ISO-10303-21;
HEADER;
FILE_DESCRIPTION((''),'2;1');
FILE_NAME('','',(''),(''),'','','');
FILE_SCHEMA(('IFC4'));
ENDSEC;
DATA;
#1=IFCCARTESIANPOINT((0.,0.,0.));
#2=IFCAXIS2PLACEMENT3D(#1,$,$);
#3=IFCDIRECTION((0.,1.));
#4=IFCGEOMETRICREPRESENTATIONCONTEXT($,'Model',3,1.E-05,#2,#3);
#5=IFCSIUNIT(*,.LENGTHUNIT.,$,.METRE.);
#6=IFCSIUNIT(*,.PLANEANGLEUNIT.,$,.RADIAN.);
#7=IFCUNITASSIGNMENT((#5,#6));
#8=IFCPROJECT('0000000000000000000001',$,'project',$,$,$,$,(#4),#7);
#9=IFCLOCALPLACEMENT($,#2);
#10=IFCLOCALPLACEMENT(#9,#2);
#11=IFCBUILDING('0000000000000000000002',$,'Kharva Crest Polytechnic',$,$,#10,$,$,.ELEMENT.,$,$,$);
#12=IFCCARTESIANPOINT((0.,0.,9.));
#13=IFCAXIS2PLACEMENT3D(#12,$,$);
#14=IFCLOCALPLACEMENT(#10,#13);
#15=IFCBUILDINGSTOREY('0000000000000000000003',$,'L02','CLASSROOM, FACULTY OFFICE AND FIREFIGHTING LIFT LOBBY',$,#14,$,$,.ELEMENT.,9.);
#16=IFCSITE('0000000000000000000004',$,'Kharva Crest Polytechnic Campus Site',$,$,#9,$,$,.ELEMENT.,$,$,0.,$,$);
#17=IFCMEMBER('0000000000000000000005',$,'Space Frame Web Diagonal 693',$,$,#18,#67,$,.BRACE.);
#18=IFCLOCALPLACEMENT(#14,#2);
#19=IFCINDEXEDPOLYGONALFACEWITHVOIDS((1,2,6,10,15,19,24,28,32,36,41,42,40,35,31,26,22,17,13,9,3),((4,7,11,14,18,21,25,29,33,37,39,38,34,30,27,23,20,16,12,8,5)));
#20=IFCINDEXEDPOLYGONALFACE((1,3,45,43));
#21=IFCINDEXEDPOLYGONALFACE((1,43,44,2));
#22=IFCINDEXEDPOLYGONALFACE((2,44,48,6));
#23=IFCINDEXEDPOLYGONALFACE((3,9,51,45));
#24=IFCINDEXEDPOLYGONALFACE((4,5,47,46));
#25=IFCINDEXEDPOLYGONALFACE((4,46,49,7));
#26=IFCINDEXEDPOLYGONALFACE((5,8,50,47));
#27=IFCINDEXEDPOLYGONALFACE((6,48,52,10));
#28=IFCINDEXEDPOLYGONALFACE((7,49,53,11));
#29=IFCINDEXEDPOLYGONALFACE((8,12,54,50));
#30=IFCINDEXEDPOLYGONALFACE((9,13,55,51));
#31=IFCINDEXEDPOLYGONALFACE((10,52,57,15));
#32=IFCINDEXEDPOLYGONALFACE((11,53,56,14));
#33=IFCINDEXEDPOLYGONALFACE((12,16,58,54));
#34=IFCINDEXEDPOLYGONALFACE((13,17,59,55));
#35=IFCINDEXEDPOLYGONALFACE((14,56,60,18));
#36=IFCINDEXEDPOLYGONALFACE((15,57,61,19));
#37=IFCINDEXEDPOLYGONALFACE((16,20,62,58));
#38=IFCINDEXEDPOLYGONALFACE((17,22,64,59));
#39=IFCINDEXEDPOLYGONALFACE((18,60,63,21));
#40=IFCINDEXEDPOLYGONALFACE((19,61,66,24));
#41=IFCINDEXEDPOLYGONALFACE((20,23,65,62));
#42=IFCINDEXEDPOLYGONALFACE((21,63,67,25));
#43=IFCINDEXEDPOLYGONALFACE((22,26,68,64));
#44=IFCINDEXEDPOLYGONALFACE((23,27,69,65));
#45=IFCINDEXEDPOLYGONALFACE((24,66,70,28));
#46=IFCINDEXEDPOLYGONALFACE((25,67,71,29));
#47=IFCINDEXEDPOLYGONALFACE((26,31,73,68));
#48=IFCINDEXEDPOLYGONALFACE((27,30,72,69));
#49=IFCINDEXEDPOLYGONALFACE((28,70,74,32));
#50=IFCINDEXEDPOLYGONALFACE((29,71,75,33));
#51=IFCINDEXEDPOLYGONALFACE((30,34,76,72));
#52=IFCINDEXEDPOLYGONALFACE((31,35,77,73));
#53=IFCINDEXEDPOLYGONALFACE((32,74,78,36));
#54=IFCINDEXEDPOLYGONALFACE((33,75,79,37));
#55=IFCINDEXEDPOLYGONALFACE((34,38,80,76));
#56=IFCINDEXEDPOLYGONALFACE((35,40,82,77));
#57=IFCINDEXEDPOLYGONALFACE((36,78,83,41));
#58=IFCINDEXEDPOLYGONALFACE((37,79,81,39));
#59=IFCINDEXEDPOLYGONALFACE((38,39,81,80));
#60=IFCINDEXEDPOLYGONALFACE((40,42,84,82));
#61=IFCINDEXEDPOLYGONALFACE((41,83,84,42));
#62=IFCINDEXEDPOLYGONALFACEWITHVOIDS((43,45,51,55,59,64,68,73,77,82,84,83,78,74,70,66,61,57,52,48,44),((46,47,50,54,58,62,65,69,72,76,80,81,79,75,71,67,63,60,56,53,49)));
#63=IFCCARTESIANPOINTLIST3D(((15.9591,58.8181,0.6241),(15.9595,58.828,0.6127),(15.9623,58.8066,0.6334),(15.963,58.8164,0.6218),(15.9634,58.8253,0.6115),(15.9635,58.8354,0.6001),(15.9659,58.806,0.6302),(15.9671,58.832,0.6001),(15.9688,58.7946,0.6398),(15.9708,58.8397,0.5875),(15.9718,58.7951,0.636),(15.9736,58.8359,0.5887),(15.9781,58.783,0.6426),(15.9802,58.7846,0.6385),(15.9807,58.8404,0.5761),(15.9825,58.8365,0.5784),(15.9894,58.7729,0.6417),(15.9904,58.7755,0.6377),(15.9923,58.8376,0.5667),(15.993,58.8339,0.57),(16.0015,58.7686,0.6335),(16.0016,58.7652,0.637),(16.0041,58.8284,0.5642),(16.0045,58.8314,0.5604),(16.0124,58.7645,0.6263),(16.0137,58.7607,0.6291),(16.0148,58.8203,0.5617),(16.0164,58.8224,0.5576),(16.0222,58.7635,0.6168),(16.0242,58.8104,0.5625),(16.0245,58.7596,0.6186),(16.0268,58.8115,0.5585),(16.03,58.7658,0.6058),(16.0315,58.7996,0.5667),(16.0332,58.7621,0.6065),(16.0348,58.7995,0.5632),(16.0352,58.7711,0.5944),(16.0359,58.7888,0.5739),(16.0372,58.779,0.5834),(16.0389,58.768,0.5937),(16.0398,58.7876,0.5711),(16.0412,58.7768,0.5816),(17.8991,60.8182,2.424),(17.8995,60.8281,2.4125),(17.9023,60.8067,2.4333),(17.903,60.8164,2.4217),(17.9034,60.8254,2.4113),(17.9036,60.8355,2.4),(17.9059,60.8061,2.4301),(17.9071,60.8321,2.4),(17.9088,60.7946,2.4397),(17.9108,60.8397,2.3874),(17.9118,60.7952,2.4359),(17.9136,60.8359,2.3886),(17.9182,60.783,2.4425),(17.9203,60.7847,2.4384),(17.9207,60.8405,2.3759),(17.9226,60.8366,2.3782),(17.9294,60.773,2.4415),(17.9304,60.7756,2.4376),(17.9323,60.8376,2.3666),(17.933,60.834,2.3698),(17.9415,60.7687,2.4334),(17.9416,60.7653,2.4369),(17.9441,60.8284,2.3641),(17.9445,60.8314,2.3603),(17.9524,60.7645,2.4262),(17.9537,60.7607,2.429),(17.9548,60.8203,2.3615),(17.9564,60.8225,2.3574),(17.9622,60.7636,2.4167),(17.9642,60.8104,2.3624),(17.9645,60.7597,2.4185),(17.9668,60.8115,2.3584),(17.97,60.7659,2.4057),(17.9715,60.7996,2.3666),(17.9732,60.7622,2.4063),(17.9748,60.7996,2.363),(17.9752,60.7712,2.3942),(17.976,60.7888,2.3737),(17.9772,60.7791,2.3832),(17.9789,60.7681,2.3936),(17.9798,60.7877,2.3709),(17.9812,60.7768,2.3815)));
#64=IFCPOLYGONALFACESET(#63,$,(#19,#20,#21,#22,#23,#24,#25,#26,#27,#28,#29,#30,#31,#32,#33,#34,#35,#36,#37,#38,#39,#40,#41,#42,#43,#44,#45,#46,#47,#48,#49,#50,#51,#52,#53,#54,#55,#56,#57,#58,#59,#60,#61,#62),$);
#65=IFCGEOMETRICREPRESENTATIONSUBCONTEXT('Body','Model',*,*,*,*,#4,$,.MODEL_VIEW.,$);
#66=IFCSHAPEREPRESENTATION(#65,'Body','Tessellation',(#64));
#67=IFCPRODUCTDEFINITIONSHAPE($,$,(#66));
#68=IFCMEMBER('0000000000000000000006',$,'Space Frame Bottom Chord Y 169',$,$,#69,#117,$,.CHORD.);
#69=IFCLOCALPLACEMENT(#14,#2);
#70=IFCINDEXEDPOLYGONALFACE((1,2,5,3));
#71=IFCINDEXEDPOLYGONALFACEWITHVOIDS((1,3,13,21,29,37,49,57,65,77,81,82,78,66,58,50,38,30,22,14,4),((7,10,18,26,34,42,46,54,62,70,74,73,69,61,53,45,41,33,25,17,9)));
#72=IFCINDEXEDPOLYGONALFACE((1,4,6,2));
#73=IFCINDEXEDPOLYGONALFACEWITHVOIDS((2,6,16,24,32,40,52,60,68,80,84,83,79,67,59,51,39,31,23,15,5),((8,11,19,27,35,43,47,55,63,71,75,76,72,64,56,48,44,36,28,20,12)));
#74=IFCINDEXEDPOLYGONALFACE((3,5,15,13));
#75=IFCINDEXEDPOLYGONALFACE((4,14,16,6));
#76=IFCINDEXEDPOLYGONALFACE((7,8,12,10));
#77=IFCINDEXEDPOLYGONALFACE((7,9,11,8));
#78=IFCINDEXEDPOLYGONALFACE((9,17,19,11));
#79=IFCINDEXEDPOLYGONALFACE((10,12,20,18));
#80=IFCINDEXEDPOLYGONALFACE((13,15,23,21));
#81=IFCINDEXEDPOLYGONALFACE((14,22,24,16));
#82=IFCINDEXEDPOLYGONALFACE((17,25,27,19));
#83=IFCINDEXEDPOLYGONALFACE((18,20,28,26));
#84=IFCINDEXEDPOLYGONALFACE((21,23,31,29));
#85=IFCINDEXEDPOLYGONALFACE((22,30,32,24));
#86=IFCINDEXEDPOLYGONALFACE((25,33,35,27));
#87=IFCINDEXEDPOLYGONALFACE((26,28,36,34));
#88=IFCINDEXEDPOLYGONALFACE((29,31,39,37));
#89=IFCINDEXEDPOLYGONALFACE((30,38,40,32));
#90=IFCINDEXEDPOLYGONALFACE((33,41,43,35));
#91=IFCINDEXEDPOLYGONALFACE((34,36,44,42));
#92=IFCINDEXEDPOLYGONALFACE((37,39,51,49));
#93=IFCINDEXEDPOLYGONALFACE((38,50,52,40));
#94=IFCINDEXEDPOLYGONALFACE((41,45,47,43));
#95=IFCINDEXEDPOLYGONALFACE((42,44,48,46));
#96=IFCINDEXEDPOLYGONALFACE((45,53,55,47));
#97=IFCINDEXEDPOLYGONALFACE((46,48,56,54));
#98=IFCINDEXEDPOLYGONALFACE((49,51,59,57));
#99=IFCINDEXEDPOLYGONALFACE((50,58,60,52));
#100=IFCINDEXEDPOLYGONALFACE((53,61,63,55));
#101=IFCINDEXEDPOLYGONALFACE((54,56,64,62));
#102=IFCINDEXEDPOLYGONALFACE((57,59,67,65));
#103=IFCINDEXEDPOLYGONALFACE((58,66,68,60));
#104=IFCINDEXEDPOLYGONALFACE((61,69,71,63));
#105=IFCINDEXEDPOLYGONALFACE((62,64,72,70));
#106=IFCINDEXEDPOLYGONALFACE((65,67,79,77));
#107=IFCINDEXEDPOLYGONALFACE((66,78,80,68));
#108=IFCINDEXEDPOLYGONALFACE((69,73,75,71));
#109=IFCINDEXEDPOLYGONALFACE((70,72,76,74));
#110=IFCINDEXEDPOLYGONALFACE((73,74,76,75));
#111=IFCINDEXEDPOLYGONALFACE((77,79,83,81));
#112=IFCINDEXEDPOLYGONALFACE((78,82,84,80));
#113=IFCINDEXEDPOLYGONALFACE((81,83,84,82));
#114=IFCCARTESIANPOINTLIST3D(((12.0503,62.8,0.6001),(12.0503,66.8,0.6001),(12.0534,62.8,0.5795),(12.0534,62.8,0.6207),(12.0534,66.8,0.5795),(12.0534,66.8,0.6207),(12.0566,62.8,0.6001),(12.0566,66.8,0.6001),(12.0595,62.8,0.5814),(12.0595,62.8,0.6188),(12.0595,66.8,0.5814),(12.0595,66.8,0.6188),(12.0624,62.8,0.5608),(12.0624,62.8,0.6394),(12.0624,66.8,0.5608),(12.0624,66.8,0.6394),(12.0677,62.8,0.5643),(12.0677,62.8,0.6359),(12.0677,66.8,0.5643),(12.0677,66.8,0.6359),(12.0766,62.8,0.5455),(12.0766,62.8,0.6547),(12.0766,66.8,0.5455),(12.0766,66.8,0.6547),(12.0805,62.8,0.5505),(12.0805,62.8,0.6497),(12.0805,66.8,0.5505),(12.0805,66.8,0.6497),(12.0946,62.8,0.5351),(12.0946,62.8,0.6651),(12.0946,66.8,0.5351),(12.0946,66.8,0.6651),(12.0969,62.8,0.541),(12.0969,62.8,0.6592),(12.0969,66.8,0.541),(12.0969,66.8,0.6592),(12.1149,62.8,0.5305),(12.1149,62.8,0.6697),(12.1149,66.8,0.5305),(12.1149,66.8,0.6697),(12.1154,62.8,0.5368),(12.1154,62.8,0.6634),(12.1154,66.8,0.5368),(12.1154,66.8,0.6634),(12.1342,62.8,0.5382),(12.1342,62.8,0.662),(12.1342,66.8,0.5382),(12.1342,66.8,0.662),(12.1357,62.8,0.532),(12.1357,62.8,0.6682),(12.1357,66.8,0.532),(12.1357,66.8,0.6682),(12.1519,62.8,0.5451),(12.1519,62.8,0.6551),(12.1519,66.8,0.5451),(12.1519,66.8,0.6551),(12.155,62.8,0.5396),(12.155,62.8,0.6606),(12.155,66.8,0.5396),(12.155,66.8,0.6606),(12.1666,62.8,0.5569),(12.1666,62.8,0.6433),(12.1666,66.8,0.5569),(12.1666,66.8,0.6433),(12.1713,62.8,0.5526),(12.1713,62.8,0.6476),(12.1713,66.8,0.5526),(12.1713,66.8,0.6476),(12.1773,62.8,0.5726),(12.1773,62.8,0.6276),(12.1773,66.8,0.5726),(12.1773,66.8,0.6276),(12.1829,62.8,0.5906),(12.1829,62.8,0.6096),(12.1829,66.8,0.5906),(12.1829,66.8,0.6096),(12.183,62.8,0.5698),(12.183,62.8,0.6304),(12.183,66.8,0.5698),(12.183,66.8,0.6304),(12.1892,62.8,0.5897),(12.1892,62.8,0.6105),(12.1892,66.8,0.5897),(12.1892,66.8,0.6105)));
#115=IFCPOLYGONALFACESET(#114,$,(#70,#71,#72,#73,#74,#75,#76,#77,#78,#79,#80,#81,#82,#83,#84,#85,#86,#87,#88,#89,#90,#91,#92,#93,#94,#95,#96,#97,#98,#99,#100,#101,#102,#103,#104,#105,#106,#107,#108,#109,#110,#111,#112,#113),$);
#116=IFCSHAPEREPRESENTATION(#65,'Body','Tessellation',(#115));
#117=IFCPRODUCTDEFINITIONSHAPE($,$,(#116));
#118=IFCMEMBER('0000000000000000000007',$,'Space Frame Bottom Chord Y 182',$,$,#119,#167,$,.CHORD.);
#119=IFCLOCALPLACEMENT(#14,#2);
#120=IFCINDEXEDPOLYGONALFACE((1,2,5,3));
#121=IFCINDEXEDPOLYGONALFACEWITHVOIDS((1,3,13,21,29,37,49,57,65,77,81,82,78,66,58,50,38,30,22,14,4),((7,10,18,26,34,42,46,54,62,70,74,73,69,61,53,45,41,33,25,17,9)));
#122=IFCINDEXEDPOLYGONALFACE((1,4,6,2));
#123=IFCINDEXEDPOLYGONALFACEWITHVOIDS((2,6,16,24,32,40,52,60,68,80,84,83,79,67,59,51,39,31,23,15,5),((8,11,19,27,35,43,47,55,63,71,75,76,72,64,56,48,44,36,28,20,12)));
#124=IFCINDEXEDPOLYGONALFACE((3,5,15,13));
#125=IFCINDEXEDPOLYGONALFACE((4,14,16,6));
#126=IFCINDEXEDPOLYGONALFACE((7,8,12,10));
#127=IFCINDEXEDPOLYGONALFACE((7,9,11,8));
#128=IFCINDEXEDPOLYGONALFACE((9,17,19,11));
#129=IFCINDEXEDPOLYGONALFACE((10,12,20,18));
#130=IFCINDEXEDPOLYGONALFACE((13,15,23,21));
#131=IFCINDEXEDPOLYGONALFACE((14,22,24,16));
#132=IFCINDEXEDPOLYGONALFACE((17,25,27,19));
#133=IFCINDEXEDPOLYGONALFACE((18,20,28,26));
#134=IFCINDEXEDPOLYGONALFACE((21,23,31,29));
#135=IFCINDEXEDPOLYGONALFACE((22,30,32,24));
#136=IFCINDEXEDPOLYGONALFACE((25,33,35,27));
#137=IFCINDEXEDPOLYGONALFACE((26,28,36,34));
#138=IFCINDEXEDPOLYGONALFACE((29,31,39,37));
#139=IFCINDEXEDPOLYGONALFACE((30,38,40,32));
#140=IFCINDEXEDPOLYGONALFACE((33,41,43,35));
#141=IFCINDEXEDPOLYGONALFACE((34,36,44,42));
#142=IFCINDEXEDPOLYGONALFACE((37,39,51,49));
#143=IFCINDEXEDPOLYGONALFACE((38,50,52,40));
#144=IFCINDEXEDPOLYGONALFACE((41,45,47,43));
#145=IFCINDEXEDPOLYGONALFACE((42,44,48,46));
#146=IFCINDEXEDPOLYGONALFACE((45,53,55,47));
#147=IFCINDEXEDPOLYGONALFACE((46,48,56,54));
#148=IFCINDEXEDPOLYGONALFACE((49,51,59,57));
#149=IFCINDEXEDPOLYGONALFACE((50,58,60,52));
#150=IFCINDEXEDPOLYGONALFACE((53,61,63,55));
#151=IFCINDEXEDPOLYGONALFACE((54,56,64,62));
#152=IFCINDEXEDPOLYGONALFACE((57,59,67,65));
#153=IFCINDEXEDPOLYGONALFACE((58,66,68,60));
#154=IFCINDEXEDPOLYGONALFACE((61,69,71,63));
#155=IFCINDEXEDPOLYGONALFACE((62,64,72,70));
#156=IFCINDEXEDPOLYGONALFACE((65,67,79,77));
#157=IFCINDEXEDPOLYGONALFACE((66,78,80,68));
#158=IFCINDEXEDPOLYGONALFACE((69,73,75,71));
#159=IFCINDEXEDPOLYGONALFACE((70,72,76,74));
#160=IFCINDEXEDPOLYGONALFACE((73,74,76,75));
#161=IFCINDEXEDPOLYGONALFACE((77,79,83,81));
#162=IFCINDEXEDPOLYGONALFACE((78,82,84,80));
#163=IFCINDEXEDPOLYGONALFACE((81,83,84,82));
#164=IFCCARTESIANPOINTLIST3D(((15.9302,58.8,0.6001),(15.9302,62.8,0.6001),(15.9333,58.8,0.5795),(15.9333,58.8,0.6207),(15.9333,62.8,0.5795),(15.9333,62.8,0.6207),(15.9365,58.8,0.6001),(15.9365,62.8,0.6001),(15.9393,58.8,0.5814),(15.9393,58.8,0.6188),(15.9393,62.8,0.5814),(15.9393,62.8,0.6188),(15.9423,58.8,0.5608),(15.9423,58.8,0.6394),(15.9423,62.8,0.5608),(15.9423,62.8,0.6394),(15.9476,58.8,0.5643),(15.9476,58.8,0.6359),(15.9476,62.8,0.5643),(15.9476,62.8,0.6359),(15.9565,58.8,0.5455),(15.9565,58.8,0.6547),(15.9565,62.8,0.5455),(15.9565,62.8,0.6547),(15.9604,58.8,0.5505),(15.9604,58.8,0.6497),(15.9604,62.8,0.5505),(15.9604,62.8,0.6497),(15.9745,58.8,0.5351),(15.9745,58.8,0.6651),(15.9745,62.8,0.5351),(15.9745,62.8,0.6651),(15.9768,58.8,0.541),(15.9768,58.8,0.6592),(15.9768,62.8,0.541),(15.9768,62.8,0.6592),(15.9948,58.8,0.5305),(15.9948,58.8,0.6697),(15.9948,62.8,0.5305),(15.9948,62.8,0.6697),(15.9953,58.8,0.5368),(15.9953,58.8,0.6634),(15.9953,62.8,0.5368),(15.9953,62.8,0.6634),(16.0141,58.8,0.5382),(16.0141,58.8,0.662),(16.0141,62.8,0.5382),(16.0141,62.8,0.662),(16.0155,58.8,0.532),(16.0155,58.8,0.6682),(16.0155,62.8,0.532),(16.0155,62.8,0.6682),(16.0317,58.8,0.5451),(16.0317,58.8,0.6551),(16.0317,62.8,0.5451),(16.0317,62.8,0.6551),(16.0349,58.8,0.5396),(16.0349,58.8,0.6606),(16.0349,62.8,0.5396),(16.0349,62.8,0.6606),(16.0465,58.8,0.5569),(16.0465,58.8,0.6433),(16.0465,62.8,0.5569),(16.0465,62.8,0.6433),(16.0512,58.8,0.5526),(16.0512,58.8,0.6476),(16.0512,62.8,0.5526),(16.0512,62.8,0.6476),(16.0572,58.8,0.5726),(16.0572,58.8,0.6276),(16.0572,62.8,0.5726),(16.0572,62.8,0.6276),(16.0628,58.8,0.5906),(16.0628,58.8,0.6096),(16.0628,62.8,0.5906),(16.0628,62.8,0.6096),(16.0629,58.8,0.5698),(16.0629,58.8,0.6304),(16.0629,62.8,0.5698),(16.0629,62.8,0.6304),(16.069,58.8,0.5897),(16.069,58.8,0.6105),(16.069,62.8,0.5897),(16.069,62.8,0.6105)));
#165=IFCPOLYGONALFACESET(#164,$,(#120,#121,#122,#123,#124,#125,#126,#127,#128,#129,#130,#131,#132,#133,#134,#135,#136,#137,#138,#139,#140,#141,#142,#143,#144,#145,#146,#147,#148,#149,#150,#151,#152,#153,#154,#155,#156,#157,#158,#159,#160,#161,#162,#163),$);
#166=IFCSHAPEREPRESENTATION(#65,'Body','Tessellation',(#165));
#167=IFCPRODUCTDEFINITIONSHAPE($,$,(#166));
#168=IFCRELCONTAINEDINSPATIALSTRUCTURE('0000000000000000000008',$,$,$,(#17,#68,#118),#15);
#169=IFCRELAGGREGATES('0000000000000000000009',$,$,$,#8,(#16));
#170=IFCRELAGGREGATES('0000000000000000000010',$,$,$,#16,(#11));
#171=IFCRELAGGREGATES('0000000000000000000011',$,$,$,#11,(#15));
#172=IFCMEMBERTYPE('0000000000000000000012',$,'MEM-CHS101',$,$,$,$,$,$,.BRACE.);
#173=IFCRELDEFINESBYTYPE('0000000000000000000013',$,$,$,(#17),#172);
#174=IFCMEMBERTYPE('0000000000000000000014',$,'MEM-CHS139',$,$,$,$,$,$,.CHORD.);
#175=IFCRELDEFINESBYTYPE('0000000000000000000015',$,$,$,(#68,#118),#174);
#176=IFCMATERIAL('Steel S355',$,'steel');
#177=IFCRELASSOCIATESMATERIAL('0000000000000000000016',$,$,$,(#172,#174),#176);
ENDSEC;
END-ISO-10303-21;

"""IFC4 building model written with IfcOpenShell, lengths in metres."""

from ifc_helpers import new_model, si_unit, direction, frame, origin, origin_2d, place, context, subcontext, project, spatial, hollow_circle, extrude, material, material_profile, profile_set, type_object, element, save


model = new_model("IFC4")

# Units and contexts
model_context = context("Model", 3, precision=1e-05, world=origin(), true_north=direction((0.0, 1.0)))
body_context = subcontext(model_context, "Body", "Model", "MODEL_VIEW")
ifc_project = project(units=[si_unit("LENGTHUNIT", "METRE"), si_unit("PLANEANGLEUNIT", "RADIAN")], contexts=[model_context])

# Site, building, storey
site_placement = place(None, origin())
site = spatial("IfcSite", under=ifc_project, at=site_placement, Name="Kharva Crest Polytechnic Campus Site", CompositionType="ELEMENT", RefElevation=0.0)
building_placement = place(site_placement, origin())
building = spatial("IfcBuilding", under=site, at=building_placement, Name="Kharva Crest Polytechnic", CompositionType="ELEMENT")
storey_placement = place(building_placement, frame((0.0, 0.0, 9.0)))
storey = spatial("IfcBuildingStorey", under=building, at=storey_placement, Name="L02", Description="CLASSROOM, FACULTY OFFICE AND FIREFIGHTING LIFT LOBBY", CompositionType="ELEMENT", Elevation=9.0)

# Shared definitions
ifc_material_1 = material(Name="Steel S355", Category="steel")

# Members
ifc_material_profile_1 = material_profile(ifc_material_1, hollow_circle(Radius=0.0508, WallThickness=0.0049, at=origin_2d()), Name="CHS 101.6X5.0")
ifc_profile_set_1 = profile_set([ifc_material_profile_1], Name="Steel S355")
member_type_1 = type_object("IfcMemberType", Name="MEM-CHS101", PredefinedType="BRACE", material=ifc_profile_set_1)
for number, where, z_axis, x_axis, name in (
    (1, (16.0, 58.8, 0.6001), (0.584843, 0.60295, 0.542596), (-0.717802, 0.696247, 0.0), "Space Frame Web Diagonal 693"),
):
    element("IfcMember", number, at=place(storey_placement, frame(where, z_axis=z_axis, x_axis=x_axis)), inside=storey, type_object=member_type_1, Name=name, PredefinedType="BRACE", context=body_context, shape_type="SweptSolid", body=[
        extrude(hollow_circle(Radius=0.0508, WallThickness=0.0049, at=origin_2d()), origin(), (0.0, 0.0, 1.0), 3.3171),
    ])
ifc_material_profile_2 = material_profile(ifc_material_1, hollow_circle(Radius=0.0698, WallThickness=0.0063, at=origin_2d()), Name="CHS 139.7X6.3")
ifc_profile_set_2 = profile_set([ifc_material_profile_2], Name="Steel S355")
member_type_2 = type_object("IfcMemberType", Name="MEM-CHS139", PredefinedType="CHORD", material=ifc_profile_set_2)
for number, where, z_axis, x_axis, name in (
    (2, (12.1201, 62.8, 0.6001), (0.0, 1.0, 0.0), (-1.0, 0.0, 0.0), "Space Frame Bottom Chord Y 169"),
    (3, (16.0, 58.8, 0.6001), (0.0, 1.0, 0.0), (-1.0, 0.0, 0.0), "Space Frame Bottom Chord Y 182"),
):
    element("IfcMember", number, at=place(storey_placement, frame(where, z_axis=z_axis, x_axis=x_axis)), inside=storey, type_object=member_type_2, Name=name, PredefinedType="CHORD", context=body_context, shape_type="SweptSolid", body=[
        extrude(hollow_circle(Radius=0.0698, WallThickness=0.0063, at=origin_2d()), origin(), (0.0, 0.0, 1.0), 4.0),
    ])

save(model, "model.ifc")
